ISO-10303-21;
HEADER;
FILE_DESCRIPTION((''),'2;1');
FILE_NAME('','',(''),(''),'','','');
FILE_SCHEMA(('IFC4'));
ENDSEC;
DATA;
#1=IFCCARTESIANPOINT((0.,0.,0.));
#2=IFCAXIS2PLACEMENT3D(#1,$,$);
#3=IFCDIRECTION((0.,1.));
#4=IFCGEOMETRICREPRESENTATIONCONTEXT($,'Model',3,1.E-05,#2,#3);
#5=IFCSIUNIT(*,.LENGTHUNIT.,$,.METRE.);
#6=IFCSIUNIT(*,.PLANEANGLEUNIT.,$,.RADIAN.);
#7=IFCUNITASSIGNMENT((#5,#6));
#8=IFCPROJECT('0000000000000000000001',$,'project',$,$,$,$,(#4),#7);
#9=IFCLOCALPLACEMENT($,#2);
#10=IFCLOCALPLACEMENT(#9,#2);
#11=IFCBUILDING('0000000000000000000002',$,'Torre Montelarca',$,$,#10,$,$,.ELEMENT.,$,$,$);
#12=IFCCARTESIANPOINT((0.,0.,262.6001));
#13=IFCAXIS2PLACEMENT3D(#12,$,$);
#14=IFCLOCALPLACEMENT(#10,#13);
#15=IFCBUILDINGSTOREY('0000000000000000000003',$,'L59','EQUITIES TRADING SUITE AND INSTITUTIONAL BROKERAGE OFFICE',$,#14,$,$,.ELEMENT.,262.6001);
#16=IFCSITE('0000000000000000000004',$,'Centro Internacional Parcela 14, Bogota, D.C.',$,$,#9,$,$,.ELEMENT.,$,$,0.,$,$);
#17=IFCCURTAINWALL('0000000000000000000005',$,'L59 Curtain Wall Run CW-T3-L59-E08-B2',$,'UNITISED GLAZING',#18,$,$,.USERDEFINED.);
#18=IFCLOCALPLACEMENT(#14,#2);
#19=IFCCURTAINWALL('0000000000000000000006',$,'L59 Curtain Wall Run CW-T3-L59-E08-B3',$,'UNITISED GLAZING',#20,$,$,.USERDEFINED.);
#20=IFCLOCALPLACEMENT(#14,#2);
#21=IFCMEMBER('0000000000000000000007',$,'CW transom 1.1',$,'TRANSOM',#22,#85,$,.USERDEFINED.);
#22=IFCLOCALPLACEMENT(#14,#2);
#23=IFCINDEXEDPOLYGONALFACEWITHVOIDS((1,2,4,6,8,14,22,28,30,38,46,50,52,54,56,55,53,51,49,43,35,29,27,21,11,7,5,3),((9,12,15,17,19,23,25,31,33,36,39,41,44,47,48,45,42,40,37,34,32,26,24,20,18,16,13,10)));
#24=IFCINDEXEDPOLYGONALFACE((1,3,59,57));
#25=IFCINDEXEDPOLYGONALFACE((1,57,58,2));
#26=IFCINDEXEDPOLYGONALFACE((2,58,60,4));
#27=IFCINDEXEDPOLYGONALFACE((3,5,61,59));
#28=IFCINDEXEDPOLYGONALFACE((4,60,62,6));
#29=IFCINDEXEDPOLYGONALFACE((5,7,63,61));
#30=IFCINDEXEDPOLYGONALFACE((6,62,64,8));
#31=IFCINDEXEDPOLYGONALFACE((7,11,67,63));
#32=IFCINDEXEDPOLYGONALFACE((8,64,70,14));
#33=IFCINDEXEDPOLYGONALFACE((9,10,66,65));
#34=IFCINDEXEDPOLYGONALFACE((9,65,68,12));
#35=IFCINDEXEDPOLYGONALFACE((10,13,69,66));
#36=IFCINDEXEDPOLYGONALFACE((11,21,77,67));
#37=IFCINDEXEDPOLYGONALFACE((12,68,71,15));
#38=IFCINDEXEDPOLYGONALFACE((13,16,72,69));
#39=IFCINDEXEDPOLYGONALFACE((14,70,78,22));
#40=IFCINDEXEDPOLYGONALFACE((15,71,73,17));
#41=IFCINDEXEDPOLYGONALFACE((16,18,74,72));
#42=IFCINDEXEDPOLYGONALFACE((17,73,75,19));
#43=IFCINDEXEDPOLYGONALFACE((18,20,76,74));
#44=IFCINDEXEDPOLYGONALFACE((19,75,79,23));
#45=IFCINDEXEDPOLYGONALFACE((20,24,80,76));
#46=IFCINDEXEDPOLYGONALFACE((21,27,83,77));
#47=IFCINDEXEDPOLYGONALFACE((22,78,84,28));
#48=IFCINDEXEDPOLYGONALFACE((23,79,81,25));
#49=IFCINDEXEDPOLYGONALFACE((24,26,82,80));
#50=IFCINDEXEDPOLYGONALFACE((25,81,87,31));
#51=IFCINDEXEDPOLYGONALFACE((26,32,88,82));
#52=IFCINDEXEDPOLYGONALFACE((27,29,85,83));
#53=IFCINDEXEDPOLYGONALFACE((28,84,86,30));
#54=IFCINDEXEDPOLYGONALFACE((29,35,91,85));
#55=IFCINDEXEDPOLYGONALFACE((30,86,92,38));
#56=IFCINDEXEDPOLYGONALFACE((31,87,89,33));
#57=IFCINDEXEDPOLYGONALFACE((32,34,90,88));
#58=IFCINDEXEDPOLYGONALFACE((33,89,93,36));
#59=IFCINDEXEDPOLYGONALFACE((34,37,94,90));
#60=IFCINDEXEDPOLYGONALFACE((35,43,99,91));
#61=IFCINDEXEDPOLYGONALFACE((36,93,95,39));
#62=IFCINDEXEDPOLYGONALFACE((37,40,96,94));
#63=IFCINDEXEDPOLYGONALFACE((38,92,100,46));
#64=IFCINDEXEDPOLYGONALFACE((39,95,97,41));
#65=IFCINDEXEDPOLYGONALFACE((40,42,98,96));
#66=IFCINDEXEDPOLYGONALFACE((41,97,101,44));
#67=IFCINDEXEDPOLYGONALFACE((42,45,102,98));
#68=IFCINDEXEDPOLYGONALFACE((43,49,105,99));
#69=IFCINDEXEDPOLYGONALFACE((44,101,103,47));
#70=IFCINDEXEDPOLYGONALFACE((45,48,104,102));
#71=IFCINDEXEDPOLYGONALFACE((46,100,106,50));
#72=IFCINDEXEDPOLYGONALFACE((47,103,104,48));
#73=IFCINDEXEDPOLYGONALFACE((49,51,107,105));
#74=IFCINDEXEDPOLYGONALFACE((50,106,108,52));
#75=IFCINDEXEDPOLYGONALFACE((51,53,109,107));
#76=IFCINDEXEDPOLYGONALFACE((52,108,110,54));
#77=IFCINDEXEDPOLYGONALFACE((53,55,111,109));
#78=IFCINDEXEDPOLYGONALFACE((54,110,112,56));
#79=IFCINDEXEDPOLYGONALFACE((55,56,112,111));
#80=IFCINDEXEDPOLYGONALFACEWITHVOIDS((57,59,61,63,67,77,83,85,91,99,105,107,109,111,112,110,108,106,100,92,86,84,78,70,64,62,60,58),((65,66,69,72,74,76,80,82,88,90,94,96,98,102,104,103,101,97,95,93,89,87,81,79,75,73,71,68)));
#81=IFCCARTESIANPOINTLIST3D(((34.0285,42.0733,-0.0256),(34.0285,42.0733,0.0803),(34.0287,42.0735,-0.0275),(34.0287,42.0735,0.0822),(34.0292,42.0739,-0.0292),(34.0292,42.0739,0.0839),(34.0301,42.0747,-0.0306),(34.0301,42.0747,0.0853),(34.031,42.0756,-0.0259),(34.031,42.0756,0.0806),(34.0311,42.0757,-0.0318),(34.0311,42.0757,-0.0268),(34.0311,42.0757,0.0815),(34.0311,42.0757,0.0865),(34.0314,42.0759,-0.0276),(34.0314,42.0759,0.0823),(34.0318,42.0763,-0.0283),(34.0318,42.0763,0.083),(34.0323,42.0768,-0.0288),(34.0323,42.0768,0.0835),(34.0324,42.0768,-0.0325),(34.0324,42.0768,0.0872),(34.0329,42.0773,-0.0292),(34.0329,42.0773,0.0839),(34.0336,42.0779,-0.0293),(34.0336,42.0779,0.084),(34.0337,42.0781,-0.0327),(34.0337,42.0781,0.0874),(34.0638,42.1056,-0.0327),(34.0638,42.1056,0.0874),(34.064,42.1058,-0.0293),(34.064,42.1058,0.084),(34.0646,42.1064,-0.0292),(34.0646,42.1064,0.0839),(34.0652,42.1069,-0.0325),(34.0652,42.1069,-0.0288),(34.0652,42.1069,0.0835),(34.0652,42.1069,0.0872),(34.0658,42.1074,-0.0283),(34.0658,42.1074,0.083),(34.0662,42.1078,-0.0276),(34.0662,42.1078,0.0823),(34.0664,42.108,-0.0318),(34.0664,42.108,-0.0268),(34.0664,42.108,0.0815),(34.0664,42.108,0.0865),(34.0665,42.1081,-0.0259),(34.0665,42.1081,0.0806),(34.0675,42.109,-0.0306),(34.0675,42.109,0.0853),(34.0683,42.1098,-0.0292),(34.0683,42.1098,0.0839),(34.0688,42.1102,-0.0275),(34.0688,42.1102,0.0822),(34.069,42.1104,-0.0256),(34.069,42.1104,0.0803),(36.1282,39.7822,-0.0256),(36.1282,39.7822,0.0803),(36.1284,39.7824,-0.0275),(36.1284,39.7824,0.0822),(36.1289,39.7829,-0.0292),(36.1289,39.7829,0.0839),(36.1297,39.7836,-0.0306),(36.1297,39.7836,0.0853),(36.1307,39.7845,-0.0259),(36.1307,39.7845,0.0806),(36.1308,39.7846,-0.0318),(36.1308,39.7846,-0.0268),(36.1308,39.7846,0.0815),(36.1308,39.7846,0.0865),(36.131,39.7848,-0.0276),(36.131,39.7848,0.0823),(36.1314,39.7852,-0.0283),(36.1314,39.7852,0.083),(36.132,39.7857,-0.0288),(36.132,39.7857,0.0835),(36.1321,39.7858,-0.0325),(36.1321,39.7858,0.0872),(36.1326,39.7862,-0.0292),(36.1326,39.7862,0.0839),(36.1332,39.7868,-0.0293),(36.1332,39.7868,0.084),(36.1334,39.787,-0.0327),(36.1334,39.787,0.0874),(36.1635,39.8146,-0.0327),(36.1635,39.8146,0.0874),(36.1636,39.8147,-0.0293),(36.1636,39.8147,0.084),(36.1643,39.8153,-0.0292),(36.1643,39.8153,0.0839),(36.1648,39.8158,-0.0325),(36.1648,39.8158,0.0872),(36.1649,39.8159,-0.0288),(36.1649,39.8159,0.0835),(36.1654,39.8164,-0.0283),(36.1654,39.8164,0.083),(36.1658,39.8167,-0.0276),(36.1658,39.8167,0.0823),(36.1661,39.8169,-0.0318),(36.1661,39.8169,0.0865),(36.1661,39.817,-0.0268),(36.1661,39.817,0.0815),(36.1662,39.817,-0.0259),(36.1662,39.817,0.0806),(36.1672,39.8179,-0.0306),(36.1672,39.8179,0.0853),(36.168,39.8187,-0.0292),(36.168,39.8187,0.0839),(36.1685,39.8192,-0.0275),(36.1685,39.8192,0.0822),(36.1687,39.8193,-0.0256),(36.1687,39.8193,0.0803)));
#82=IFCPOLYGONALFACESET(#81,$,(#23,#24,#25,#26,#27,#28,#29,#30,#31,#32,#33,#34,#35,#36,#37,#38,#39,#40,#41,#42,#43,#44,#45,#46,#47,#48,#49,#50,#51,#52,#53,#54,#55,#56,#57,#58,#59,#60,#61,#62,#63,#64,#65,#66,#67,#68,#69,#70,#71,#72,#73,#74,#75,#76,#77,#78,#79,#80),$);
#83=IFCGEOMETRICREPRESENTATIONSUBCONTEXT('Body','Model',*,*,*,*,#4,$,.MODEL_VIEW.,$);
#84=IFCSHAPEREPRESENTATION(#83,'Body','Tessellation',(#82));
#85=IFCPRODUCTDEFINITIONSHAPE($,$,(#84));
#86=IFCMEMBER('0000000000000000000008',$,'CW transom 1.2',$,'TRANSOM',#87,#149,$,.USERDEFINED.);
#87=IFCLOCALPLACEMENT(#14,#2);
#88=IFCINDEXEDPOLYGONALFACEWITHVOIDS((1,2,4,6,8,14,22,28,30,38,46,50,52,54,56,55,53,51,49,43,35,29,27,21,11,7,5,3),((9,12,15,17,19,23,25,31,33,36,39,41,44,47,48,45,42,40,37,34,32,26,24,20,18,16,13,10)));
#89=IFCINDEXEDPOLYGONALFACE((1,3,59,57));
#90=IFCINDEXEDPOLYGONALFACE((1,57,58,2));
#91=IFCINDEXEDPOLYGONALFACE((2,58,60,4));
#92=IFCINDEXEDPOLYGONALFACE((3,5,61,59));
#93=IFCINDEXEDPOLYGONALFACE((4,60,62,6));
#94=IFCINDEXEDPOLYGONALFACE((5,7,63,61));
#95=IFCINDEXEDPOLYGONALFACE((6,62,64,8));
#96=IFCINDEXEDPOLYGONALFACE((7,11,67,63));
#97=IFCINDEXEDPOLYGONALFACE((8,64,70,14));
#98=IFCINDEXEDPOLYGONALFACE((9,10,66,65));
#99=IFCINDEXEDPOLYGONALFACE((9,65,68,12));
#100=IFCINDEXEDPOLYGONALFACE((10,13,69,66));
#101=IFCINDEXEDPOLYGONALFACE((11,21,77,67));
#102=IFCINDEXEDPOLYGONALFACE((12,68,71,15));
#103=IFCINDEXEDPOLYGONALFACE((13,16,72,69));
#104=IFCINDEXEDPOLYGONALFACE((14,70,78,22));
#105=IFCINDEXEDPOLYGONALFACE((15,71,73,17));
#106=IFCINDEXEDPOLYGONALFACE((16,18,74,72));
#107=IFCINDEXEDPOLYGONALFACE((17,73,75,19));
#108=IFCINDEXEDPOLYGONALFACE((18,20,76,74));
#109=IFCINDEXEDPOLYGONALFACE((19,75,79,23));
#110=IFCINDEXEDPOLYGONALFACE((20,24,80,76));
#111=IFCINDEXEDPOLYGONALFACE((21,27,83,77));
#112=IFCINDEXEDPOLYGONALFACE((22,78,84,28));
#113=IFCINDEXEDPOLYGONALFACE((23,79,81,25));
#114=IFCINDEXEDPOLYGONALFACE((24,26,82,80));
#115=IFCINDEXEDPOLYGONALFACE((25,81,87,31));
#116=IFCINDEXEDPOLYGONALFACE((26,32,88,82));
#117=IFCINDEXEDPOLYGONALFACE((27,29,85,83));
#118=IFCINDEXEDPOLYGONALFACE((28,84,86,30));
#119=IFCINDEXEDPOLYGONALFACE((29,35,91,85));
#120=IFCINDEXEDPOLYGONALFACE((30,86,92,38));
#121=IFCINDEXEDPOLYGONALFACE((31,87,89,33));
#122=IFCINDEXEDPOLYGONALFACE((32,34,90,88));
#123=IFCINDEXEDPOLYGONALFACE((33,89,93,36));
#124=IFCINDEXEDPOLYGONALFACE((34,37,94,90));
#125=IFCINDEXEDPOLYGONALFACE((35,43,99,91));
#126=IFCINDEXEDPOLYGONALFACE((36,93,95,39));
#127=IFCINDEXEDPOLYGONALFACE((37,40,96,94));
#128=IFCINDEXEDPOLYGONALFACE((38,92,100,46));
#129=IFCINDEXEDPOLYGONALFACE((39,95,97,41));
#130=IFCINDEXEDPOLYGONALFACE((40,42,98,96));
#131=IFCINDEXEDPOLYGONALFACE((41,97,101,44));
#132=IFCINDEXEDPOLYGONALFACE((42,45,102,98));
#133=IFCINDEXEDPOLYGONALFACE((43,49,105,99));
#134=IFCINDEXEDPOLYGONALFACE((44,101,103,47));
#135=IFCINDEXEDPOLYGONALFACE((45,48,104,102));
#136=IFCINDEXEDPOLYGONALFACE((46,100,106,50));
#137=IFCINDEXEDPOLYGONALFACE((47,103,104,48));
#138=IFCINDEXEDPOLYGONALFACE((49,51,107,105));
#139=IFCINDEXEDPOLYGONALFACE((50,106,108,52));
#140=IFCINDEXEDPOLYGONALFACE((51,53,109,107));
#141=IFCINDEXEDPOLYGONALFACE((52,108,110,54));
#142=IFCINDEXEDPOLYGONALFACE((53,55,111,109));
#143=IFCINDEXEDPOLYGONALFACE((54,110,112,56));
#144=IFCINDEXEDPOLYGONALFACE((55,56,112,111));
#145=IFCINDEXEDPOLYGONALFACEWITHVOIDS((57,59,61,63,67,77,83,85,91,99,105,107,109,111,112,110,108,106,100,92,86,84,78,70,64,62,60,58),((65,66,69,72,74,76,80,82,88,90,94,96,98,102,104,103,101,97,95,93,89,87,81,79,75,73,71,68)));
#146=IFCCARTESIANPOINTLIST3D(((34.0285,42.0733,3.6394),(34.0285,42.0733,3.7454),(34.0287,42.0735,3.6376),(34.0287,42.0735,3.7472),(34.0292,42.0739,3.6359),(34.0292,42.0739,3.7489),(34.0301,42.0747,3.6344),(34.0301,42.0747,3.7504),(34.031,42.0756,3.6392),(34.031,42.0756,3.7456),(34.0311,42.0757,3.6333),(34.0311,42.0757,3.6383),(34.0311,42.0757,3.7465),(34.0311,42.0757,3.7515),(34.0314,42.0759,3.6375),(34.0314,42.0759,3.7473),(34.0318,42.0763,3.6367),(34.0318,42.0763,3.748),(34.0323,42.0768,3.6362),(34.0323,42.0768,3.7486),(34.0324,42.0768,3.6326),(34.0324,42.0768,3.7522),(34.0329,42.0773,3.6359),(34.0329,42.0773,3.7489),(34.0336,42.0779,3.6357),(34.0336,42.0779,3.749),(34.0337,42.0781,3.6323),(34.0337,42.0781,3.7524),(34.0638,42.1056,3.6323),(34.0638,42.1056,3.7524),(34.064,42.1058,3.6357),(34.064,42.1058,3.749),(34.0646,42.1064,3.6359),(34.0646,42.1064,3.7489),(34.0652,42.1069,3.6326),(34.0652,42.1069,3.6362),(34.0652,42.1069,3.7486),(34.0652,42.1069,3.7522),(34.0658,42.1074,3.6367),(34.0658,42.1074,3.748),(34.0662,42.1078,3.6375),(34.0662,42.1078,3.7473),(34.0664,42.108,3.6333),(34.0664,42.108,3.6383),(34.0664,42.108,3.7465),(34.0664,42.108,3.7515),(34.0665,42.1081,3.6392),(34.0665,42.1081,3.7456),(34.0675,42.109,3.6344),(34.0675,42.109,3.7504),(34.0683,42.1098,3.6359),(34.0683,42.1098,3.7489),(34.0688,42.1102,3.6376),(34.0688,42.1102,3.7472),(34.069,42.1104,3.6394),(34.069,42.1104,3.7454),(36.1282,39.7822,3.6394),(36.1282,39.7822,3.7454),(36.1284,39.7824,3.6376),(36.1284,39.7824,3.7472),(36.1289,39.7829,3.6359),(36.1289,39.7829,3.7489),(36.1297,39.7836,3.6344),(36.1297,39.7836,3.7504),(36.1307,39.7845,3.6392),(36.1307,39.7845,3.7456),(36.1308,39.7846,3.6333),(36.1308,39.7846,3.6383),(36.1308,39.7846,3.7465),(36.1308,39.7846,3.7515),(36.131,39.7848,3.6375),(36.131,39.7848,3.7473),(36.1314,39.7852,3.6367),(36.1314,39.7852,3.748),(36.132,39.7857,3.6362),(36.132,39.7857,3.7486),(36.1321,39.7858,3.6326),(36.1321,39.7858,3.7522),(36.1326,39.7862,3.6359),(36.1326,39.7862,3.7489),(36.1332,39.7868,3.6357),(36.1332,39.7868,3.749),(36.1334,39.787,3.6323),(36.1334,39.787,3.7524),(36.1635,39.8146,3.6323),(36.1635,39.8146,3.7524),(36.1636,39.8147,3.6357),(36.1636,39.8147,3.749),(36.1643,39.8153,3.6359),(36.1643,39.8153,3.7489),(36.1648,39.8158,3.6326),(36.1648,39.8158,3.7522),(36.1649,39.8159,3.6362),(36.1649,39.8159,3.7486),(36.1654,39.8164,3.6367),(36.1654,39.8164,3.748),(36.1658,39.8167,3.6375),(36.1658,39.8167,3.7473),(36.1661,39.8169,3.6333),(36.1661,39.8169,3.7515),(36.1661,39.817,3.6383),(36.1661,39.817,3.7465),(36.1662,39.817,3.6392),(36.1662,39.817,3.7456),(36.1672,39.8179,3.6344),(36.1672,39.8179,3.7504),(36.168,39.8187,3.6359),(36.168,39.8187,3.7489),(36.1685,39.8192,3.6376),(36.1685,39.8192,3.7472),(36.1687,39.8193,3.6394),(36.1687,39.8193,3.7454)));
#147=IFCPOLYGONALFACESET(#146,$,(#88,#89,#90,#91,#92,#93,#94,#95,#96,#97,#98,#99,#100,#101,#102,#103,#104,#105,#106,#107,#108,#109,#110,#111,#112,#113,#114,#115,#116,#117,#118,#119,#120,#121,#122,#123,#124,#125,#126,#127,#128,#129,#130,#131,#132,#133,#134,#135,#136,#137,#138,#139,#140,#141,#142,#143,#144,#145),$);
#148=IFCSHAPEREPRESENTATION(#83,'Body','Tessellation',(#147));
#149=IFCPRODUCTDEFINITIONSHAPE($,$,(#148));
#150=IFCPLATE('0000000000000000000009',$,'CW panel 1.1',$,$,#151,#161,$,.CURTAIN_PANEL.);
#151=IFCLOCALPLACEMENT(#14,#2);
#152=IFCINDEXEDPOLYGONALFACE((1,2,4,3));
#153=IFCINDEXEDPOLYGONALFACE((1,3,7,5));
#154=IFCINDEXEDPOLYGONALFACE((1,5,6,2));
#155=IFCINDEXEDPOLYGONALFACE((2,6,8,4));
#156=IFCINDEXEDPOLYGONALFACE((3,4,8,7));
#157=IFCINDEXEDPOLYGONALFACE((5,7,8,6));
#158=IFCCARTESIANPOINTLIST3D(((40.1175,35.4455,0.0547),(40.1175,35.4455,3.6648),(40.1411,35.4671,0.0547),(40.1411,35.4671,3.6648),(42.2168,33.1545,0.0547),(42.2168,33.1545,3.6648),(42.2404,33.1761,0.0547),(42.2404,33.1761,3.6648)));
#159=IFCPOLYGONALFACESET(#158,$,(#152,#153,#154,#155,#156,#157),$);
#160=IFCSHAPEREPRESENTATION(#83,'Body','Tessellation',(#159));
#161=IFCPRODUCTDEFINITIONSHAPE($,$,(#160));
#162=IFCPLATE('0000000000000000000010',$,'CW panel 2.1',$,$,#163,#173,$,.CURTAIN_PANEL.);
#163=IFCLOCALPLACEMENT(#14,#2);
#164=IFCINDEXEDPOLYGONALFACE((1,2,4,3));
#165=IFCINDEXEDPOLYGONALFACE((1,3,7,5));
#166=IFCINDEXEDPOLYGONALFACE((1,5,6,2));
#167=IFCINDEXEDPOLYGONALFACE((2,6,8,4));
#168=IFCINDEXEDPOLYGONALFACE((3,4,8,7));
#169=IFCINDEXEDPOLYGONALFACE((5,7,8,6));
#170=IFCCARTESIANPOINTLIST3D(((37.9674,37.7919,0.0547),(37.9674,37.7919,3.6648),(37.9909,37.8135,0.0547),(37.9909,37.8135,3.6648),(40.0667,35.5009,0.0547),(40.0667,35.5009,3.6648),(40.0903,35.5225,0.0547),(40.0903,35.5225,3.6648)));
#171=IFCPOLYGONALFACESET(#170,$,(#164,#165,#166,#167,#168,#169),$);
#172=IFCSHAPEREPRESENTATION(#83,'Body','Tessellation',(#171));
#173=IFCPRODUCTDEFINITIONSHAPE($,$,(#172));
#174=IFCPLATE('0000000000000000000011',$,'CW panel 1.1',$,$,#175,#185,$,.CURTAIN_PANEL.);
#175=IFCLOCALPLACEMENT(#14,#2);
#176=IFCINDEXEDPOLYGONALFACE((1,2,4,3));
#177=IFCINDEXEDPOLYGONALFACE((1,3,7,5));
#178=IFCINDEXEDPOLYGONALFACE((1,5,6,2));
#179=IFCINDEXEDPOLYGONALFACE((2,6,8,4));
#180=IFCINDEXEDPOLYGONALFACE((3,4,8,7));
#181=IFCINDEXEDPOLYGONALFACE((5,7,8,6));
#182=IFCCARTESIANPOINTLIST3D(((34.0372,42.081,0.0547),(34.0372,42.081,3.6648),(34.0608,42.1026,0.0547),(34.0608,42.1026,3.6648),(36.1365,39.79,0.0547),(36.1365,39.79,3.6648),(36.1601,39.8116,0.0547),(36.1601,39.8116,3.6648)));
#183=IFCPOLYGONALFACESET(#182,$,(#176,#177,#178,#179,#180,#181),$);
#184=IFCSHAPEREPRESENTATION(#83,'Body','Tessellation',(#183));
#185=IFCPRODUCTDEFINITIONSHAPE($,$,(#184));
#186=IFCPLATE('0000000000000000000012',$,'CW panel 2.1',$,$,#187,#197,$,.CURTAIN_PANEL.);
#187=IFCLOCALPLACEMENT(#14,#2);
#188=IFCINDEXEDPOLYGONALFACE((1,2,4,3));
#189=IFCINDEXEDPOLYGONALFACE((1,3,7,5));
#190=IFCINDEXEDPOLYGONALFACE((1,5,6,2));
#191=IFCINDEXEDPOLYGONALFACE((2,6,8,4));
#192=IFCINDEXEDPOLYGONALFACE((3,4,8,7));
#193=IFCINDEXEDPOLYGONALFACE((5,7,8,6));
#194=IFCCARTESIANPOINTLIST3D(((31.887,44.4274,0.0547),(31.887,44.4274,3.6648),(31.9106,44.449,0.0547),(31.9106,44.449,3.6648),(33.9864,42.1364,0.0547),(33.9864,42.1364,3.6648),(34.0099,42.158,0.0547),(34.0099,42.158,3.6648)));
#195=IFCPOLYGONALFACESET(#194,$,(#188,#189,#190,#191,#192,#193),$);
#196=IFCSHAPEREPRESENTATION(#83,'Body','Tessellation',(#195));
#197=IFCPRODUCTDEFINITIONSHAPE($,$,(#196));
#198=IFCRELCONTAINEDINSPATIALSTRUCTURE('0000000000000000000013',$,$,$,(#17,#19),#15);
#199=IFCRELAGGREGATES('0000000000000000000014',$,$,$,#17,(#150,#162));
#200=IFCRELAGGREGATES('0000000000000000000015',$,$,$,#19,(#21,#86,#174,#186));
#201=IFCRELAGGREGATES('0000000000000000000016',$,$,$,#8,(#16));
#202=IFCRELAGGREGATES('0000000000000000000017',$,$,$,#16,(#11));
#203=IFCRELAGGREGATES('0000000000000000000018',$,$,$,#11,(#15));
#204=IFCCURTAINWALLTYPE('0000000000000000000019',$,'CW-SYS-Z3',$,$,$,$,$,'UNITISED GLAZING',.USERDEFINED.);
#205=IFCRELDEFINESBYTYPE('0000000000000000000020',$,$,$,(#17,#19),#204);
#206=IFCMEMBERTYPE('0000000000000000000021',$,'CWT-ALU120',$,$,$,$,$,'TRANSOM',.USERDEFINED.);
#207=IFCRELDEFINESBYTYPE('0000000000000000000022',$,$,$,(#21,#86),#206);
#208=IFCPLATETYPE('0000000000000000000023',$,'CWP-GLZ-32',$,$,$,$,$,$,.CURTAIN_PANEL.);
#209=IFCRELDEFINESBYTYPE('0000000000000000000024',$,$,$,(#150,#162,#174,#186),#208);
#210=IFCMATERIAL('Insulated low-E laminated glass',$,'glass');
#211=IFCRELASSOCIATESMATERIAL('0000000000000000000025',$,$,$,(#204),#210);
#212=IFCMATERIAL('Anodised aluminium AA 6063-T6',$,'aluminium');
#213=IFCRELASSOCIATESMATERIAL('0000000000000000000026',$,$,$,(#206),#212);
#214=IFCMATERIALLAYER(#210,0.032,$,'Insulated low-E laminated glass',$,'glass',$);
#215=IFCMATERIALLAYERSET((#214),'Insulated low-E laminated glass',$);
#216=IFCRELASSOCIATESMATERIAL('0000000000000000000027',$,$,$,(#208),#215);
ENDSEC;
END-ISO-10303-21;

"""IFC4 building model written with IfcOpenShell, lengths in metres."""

from ifc_helpers import new_model, si_unit, direction, frame, origin, origin_2d, place, context, subcontext, project, spatial, rectangle, hollow_rectangle, extrude, source, transform, mapped, material, layer, layer_set, material_profile, profile_set, type_object, element, aggregate, save


model = new_model("IFC4")

# Units and contexts
model_context = context("Model", 3, precision=1e-05, world=origin(), true_north=direction((0.0, 1.0)))
body_context = subcontext(model_context, "Body", "Model", "MODEL_VIEW")
ifc_project = project(units=[si_unit("LENGTHUNIT", "METRE"), si_unit("PLANEANGLEUNIT", "RADIAN")], contexts=[model_context])

# Site, building, storey
site_placement = place(None, origin())
site = spatial("IfcSite", under=ifc_project, at=site_placement, Name="Centro Internacional Parcela 14, Bogota, D.C.", CompositionType="ELEMENT", RefElevation=0.0)
building_placement = place(site_placement, origin())
building = spatial("IfcBuilding", under=site, at=building_placement, Name="Torre Montelarca", CompositionType="ELEMENT")
storey_placement = place(building_placement, frame((0.0, 0.0, 262.6001)))
storey = spatial("IfcBuildingStorey", under=building, at=storey_placement, Name="L59", Description="EQUITIES TRADING SUITE AND INSTITUTIONAL BROKERAGE OFFICE", CompositionType="ELEMENT", Elevation=262.6001)

# Shared definitions
ifc_material_1 = material(Name="Insulated low-E laminated glass", Category="glass")
curtain_wall_type = type_object("IfcCurtainWallType", Name="CW-SYS-Z3", ElementType="UNITISED GLAZING", PredefinedType="USERDEFINED", material=ifc_material_1)
ifc_material_2 = material(Name="Anodised aluminium AA 6063-T6", Category="aluminium")

# Curtain walls
curtain_wall_1_placement = place(storey_placement, origin())
curtain_wall_1 = element("IfcCurtainWall", 1, at=curtain_wall_1_placement, inside=storey, type_object=curtain_wall_type, Name="L59 Curtain Wall Run CW-T3-L59-E08-B2", ObjectType="UNITISED GLAZING", PredefinedType="USERDEFINED")
curtain_wall_2_placement = place(storey_placement, origin())
curtain_wall_2 = element("IfcCurtainWall", 2, at=curtain_wall_2_placement, inside=storey, type_object=curtain_wall_type, Name="L59 Curtain Wall Run CW-T3-L59-E08-B3", ObjectType="UNITISED GLAZING", PredefinedType="USERDEFINED")

# Members
ifc_material_profile_1 = material_profile(ifc_material_2, hollow_rectangle(XDim=0.0549, YDim=0.1201, WallThickness=0.0034, InnerFilletRadius=0.0034, OuterFilletRadius=0.0071, at=origin_2d()), Name="ALU55X120X3.5", Category="aluminium")
ifc_profile_set_1 = profile_set([ifc_material_profile_1], Name="Anodised aluminium AA 6063-T6")
member_type_1 = type_object("IfcMemberType", Name="CWT-ALU120", ElementType="TRANSOM", PredefinedType="USERDEFINED", material=ifc_profile_set_1)
shared_shape_1 = source(origin(), body_context, "Body", "SweptSolid", [
    extrude(hollow_rectangle(XDim=0.0549, YDim=0.1201, WallThickness=0.0034, InnerFilletRadius=0.0034, OuterFilletRadius=0.0071, at=origin_2d()), origin(), (0.0, 0.0, 1.0), 3.1077),
])
member_1_placement = place(storey_placement, frame((36.1484, 39.8008, 0.0273), z_axis=(-0.675639, 0.737232, 0.0), x_axis=(-0.737232, -0.675639, 0.0)))
member_1 = element("IfcMember", 3, at=member_1_placement, type_object=member_type_1, Name="CW transom 1.1", ObjectType="TRANSOM", PredefinedType="USERDEFINED", context=body_context, shape_type="MappedRepresentation", body=[
    mapped(shared_shape_1, transform((0.0, 0.0, 0.0), scale=1.0)),
])
member_2_placement = place(storey_placement, frame((36.1484, 39.8008, 3.6924), z_axis=(-0.675639, 0.737232, 0.0), x_axis=(-0.737232, -0.675639, 0.0)))
member_2 = element("IfcMember", 4, at=member_2_placement, type_object=member_type_1, Name="CW transom 1.2", ObjectType="TRANSOM", PredefinedType="USERDEFINED", context=body_context, shape_type="MappedRepresentation", body=[
    mapped(shared_shape_1, transform((0.0, 0.0, 0.0), scale=1.0)),
])

# Plates
ifc_layer_1 = layer(ifc_material_1, 0.032, Name="Insulated low-E laminated glass", Category="glass")
ifc_layer_set_1 = layer_set([ifc_layer_1], Name="Insulated low-E laminated glass")
plate_type = type_object("IfcPlateType", Name="CWP-GLZ-32", PredefinedType="CURTAIN_PANEL", material=ifc_layer_set_1)
shared_shape_2 = source(origin(), body_context, "Body", "SweptSolid", [
    extrude(rectangle(XDim=3.1074, YDim=0.032, at=origin_2d()), origin(), (0.0, 0.0, 1.0), 3.6101),
])
plate_1_placement = place(storey_placement, frame((41.179, 34.3108, 0.0547), z_axis=(0.0, 0.0, 1.0), x_axis=(-0.675588, 0.73728, 0.0)))
plate_1 = element("IfcPlate", 5, at=plate_1_placement, type_object=plate_type, Name="CW panel 1.1", PredefinedType="CURTAIN_PANEL", context=body_context, shape_type="MappedRepresentation", body=[
    mapped(shared_shape_2, transform((0.0, 0.0, 0.0), scale=1.0)),
])
plate_2_placement = place(storey_placement, frame((39.0288, 36.6572, 0.0547), z_axis=(0.0, 0.0, 1.0), x_axis=(-0.675588, 0.73728, 0.0)))
plate_2 = element("IfcPlate", 6, at=plate_2_placement, type_object=plate_type, Name="CW panel 2.1", PredefinedType="CURTAIN_PANEL", context=body_context, shape_type="MappedRepresentation", body=[
    mapped(shared_shape_2, transform((0.0, 0.0, 0.0), scale=1.0)),
])
aggregate(curtain_wall_1, [plate_1, plate_2])
plate_3_placement = place(storey_placement, frame((35.0986, 40.9463, 0.0547), z_axis=(0.0, 0.0, 1.0), x_axis=(-0.675588, 0.73728, 0.0)))
plate_3 = element("IfcPlate", 7, at=plate_3_placement, type_object=plate_type, Name="CW panel 1.1", PredefinedType="CURTAIN_PANEL", context=body_context, shape_type="MappedRepresentation", body=[
    mapped(shared_shape_2, transform((0.0, 0.0, 0.0), scale=1.0)),
])
plate_4_placement = place(storey_placement, frame((32.9485, 43.2927, 0.0547), z_axis=(0.0, 0.0, 1.0), x_axis=(-0.675588, 0.73728, 0.0)))
plate_4 = element("IfcPlate", 8, at=plate_4_placement, type_object=plate_type, Name="CW panel 2.1", PredefinedType="CURTAIN_PANEL", context=body_context, shape_type="MappedRepresentation", body=[
    mapped(shared_shape_2, transform((0.0, 0.0, 0.0), scale=1.0)),
])
aggregate(curtain_wall_2, [member_1, member_2, plate_3, plate_4])

save(model, "model.ifc")
